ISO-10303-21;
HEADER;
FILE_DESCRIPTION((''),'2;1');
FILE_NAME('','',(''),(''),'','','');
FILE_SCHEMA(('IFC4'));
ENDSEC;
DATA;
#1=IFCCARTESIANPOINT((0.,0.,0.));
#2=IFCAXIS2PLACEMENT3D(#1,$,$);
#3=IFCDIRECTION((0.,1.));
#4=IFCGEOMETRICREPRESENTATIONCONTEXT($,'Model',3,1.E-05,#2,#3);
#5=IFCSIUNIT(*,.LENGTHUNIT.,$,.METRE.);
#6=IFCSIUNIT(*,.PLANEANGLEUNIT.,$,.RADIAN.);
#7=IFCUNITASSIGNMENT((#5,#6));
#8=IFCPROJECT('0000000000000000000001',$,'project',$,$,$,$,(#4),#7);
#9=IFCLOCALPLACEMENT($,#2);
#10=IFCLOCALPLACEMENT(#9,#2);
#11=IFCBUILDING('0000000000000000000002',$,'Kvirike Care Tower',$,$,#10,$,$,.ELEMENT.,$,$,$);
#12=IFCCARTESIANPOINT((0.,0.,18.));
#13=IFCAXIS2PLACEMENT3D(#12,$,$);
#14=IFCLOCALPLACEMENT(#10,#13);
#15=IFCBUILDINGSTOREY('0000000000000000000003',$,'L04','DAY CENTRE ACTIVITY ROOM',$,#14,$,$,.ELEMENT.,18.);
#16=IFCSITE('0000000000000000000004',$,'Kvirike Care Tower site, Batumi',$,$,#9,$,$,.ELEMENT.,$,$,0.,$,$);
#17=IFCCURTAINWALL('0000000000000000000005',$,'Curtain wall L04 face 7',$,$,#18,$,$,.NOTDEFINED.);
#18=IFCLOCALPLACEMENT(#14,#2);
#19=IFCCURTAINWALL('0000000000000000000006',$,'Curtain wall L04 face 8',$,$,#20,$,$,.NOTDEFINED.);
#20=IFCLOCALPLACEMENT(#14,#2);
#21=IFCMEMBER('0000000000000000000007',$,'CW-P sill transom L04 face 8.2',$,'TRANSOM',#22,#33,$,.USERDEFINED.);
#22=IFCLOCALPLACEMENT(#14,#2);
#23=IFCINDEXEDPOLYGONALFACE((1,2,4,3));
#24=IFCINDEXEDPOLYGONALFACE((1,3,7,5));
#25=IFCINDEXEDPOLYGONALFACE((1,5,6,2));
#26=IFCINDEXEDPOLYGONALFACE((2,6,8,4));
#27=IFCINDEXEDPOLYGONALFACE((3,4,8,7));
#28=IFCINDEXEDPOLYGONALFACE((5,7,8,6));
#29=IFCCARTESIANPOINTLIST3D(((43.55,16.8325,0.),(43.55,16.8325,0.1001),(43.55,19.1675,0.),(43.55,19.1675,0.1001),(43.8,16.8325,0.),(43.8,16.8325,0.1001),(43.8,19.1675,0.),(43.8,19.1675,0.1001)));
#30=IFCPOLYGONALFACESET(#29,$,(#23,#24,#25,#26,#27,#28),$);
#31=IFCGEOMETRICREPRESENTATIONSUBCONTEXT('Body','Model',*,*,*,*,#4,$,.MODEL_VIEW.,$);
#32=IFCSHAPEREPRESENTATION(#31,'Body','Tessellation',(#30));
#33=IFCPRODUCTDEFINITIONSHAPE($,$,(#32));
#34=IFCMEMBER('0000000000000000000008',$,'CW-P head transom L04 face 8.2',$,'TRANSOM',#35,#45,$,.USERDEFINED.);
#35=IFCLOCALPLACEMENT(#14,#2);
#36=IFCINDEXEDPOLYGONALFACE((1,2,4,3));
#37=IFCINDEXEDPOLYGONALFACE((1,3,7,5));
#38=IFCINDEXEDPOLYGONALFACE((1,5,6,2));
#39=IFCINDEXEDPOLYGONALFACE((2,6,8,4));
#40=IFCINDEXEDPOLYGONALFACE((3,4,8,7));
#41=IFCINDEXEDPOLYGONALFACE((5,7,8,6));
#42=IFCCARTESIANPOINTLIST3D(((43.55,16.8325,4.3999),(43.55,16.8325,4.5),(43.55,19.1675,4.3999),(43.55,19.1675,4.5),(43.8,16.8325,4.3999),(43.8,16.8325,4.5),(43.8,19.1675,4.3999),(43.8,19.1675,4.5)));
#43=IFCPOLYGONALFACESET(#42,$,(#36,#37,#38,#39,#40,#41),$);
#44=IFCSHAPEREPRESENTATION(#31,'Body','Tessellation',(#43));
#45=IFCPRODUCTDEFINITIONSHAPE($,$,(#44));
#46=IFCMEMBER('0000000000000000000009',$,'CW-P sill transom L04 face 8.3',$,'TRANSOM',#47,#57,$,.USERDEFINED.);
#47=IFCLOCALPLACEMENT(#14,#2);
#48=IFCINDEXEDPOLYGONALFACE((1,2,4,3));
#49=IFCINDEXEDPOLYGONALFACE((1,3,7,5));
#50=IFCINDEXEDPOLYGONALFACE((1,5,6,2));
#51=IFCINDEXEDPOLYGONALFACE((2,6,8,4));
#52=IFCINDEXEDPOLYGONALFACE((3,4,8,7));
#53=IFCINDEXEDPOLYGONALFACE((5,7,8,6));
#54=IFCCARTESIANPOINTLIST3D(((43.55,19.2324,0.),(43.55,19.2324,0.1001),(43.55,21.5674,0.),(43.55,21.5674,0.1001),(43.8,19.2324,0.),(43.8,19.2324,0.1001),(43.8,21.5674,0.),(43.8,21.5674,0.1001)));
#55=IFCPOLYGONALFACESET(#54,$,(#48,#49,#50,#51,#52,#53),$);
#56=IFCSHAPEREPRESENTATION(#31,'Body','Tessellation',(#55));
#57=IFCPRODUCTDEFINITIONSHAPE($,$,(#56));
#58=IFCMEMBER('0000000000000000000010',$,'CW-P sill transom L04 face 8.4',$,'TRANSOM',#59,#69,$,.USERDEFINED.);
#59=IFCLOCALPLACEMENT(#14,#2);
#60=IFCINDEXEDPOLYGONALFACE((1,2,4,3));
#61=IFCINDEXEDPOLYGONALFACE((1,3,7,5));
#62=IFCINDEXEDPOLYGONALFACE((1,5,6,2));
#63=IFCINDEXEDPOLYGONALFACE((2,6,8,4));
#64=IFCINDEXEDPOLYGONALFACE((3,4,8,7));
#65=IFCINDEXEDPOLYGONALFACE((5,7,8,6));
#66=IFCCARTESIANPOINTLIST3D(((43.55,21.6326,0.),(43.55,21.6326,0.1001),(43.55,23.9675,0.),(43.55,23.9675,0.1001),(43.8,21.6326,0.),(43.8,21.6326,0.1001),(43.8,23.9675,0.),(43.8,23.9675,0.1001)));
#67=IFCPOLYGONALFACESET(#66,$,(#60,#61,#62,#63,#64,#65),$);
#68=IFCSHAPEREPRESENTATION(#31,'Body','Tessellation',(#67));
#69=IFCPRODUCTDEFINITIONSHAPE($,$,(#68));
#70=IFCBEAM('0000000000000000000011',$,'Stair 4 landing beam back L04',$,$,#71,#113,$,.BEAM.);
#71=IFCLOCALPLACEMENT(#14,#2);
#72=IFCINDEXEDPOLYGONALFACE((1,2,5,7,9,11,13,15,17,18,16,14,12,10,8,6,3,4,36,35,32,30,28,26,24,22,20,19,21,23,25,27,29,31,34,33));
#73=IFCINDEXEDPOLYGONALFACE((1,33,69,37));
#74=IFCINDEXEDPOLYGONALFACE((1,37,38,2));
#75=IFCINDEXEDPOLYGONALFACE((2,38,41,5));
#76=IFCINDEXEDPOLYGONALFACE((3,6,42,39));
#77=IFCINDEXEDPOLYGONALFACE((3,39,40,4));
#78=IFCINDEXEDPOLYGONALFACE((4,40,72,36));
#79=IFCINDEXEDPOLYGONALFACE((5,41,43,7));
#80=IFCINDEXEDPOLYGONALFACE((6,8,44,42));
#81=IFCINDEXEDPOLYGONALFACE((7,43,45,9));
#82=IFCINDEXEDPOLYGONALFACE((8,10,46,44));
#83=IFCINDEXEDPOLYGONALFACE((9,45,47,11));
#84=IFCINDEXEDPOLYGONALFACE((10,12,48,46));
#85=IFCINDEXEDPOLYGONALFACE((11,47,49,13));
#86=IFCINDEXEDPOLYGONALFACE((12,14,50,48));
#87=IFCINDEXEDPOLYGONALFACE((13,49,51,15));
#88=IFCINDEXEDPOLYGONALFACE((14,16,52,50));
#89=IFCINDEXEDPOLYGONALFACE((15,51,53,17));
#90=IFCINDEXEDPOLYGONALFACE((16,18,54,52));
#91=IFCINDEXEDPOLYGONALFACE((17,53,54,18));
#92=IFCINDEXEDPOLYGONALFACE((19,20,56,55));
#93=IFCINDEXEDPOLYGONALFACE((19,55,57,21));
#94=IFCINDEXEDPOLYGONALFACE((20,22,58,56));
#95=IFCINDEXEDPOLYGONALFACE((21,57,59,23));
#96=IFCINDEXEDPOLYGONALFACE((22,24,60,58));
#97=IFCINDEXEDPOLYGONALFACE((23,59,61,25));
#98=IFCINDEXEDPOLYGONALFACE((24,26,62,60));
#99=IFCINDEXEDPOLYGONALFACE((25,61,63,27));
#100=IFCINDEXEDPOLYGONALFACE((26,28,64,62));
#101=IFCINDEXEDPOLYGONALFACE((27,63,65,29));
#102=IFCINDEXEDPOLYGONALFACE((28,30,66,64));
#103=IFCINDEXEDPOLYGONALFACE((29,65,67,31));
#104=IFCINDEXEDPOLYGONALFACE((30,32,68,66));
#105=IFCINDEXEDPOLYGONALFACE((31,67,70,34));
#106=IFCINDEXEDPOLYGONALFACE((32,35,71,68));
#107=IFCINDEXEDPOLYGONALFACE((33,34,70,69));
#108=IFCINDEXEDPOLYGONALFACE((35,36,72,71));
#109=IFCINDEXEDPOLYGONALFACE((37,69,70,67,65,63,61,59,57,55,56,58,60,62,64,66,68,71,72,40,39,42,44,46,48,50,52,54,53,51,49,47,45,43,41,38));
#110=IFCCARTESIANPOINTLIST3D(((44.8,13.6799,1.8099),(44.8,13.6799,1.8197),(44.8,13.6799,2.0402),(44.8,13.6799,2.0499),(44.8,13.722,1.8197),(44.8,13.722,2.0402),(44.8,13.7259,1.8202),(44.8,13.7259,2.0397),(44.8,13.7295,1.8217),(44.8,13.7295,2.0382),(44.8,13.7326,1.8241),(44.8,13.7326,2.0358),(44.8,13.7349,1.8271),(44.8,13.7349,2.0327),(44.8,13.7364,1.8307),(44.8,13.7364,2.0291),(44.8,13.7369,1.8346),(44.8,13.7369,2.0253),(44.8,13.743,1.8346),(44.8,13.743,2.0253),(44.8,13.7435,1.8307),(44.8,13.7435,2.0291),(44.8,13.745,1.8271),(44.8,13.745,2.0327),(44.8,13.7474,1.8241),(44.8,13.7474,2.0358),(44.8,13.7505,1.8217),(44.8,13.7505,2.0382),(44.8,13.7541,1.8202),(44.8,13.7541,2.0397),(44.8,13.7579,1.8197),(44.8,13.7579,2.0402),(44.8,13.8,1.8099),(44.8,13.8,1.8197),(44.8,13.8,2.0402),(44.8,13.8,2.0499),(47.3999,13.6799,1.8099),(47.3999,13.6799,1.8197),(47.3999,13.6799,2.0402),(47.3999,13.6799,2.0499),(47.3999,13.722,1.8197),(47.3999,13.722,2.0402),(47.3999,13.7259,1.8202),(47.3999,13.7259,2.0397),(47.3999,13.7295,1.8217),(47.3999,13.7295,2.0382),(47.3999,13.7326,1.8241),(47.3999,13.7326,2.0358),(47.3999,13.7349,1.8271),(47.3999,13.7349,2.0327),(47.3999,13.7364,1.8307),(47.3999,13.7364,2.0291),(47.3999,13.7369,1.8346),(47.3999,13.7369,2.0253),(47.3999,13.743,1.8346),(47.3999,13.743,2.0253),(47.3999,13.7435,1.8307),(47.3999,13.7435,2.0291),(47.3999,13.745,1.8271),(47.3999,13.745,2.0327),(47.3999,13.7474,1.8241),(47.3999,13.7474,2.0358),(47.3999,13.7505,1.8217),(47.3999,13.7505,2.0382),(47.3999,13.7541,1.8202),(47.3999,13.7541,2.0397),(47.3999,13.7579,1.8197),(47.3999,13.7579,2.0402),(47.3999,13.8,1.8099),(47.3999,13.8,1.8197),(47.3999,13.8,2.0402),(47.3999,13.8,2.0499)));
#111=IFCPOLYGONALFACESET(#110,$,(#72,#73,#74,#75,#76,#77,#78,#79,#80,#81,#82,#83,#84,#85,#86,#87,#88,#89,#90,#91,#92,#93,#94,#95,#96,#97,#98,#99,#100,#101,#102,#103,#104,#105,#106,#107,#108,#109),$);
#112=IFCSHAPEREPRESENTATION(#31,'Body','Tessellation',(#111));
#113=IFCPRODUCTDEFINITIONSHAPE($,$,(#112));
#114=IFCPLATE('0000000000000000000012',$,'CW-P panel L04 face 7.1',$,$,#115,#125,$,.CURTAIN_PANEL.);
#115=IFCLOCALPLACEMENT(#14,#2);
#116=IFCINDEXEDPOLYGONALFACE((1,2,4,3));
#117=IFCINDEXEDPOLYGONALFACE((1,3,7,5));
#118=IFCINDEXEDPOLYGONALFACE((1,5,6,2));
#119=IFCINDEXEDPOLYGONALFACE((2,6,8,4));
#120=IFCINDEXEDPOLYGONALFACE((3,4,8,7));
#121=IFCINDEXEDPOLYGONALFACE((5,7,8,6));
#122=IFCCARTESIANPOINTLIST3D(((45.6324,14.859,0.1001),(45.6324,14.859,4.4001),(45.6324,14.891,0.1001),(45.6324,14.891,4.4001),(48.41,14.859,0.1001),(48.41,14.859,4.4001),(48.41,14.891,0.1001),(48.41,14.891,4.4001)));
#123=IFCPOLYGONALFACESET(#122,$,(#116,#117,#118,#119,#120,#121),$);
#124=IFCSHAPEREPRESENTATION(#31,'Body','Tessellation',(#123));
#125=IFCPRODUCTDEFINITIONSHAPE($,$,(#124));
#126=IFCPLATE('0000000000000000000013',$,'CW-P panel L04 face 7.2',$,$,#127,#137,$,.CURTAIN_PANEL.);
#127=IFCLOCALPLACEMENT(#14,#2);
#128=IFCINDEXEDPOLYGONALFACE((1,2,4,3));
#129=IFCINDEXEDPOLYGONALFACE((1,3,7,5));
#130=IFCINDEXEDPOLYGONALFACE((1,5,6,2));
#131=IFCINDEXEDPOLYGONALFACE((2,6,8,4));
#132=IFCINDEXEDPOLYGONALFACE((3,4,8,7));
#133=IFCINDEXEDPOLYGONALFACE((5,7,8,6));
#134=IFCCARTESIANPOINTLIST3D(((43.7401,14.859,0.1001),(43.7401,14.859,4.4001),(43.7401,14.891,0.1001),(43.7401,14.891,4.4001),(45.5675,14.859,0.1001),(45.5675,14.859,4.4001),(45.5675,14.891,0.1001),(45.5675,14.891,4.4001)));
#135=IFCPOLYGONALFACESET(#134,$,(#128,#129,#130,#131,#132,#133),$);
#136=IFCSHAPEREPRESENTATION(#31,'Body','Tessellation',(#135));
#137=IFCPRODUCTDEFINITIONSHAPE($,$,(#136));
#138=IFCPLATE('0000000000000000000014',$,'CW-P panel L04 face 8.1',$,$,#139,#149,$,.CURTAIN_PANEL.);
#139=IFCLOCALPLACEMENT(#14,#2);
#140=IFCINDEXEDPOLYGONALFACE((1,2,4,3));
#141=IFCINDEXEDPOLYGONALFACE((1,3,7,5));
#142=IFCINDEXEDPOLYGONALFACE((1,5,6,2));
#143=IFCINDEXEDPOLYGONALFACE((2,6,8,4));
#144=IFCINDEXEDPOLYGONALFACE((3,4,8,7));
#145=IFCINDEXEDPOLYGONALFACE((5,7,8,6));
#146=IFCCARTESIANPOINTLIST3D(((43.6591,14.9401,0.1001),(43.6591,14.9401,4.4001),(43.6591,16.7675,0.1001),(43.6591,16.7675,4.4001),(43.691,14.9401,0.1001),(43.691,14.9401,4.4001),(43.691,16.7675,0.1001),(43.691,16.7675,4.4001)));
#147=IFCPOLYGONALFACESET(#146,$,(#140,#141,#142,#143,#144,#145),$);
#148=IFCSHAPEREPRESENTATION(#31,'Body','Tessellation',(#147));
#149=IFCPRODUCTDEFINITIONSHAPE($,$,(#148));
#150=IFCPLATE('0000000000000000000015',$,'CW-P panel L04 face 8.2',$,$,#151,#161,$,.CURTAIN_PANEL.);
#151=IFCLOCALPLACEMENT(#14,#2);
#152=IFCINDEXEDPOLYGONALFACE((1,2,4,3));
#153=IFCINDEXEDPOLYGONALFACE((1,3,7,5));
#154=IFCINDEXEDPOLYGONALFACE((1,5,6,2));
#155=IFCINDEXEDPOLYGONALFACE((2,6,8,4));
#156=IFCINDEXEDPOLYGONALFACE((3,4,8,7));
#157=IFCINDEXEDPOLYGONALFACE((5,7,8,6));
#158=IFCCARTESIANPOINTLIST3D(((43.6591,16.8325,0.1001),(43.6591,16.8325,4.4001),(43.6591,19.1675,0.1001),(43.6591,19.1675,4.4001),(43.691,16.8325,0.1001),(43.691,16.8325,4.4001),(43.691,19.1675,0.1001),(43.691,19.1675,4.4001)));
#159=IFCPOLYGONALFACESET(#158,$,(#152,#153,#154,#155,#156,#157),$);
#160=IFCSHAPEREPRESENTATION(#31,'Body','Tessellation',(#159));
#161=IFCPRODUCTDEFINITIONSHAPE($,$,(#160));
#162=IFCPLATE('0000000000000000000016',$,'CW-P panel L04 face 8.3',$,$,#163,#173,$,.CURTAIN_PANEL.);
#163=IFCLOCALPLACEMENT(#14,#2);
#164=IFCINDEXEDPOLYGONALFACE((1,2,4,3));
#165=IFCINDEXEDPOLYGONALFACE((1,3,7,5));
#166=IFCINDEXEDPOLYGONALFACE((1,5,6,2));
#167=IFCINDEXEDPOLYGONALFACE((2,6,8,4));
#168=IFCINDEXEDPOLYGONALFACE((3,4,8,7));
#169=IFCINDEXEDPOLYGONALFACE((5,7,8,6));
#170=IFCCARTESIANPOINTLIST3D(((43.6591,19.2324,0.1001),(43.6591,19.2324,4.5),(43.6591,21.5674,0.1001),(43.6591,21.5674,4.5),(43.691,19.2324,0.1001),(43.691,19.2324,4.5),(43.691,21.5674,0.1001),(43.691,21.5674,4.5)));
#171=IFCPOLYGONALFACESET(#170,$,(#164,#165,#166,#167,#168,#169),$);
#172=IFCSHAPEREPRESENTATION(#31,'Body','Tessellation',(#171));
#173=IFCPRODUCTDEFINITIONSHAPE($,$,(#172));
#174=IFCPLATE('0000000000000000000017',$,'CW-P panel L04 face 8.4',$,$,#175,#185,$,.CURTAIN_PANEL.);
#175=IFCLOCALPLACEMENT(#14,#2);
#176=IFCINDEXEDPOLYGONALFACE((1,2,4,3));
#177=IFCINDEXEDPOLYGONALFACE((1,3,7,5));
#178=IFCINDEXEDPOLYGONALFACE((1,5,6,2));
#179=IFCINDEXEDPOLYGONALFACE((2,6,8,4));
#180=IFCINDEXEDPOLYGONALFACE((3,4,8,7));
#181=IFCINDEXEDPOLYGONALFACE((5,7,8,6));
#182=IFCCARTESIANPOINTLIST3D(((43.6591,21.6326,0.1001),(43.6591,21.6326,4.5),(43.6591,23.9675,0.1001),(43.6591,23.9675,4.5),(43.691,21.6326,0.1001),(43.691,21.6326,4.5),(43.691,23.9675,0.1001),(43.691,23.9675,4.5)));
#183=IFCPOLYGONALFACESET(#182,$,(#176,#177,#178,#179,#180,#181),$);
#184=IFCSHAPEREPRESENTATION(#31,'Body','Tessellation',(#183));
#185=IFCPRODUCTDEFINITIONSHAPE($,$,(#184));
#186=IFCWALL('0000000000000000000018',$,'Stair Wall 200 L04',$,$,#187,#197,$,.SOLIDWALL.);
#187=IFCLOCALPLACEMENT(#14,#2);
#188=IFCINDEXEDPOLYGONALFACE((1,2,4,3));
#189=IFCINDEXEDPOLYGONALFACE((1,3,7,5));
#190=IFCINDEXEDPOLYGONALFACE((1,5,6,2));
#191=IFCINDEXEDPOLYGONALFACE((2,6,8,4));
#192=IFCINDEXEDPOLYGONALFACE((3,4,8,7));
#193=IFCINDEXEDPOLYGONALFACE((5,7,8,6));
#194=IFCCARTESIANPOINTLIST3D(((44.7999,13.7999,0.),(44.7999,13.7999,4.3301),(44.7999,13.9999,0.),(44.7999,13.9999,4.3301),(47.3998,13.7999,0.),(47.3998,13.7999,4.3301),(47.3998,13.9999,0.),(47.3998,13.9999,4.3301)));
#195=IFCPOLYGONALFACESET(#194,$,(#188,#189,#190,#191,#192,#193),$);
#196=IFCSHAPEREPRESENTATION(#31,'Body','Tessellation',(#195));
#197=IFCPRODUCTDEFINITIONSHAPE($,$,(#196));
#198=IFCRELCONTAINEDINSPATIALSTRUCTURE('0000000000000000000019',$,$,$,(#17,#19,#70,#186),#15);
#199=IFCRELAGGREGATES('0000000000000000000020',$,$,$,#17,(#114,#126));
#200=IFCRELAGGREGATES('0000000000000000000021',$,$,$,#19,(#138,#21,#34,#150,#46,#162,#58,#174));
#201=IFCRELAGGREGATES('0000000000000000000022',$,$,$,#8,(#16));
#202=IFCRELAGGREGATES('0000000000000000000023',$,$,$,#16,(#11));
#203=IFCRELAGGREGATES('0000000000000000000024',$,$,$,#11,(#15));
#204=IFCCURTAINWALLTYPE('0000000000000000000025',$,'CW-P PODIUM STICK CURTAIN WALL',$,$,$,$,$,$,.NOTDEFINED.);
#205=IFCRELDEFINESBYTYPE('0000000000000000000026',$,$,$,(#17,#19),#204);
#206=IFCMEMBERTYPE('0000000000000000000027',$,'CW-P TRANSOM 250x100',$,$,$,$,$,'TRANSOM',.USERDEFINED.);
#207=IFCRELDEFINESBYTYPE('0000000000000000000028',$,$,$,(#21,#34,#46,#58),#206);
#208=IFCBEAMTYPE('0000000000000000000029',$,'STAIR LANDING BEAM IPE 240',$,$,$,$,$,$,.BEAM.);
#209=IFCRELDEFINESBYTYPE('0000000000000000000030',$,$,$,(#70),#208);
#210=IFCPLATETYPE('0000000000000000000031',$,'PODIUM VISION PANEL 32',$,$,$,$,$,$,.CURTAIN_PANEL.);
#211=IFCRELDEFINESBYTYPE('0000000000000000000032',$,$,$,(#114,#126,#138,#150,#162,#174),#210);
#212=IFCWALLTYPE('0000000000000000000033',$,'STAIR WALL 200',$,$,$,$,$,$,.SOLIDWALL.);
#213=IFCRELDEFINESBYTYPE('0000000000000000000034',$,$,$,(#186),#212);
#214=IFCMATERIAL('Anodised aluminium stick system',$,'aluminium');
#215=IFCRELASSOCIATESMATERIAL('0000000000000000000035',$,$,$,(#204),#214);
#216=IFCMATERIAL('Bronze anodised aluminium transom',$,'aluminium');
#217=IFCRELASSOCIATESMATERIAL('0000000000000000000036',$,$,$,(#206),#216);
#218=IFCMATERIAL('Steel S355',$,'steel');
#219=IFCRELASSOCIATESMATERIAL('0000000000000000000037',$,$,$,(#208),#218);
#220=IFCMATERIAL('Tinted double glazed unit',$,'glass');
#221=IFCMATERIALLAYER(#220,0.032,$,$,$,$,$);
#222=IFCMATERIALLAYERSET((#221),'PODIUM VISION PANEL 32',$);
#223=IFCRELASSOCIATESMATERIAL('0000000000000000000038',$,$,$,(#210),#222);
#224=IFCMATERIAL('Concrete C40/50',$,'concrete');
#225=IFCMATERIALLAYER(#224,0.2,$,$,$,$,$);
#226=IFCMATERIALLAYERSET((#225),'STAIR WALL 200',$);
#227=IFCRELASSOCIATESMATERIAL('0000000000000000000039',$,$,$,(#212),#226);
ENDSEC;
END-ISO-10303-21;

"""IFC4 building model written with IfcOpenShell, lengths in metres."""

from ifc_helpers import new_model, si_unit, direction, frame, frame_2d, origin, origin_2d, place, context, subcontext, project, spatial, rectangle, i_section, extrude, material, layer, layer_set, material_profile, profile_set, type_object, element, aggregate, save


model = new_model("IFC4")

# Units and contexts
model_context = context("Model", 3, precision=1e-05, world=origin(), true_north=direction((0.0, 1.0)))
body_context = subcontext(model_context, "Body", "Model", "MODEL_VIEW")
ifc_project = project(units=[si_unit("LENGTHUNIT", "METRE"), si_unit("PLANEANGLEUNIT", "RADIAN")], contexts=[model_context])

# Site, building, storey
site_placement = place(None, origin())
site = spatial("IfcSite", under=ifc_project, at=site_placement, Name="Kvirike Care Tower site, Batumi", CompositionType="ELEMENT", RefElevation=0.0)
building_placement = place(site_placement, origin())
building = spatial("IfcBuilding", under=site, at=building_placement, Name="Kvirike Care Tower", CompositionType="ELEMENT")
storey_placement = place(building_placement, frame((0.0, 0.0, 18.0)))
storey = spatial("IfcBuildingStorey", under=building, at=storey_placement, Name="L04", Description="DAY CENTRE ACTIVITY ROOM", CompositionType="ELEMENT", Elevation=18.0)

# Shared definitions
ifc_material_1 = material(Name="Anodised aluminium stick system", Category="aluminium")
curtain_wall_type = type_object("IfcCurtainWallType", Name="CW-P PODIUM STICK CURTAIN WALL", PredefinedType="NOTDEFINED", material=ifc_material_1)

# Curtain walls
curtain_wall_1_placement = place(storey_placement, origin())
curtain_wall_1 = element("IfcCurtainWall", 1, at=curtain_wall_1_placement, inside=storey, type_object=curtain_wall_type, Name="Curtain wall L04 face 7", PredefinedType="NOTDEFINED")
curtain_wall_2_placement = place(storey_placement, origin())
curtain_wall_2 = element("IfcCurtainWall", 2, at=curtain_wall_2_placement, inside=storey, type_object=curtain_wall_type, Name="Curtain wall L04 face 8", PredefinedType="NOTDEFINED")

# Members
ifc_material_2 = material(Name="Bronze anodised aluminium transom", Category="aluminium")
ifc_material_profile_1 = material_profile(ifc_material_2, rectangle(XDim=0.25, YDim=0.1001, at=origin_2d()), Name="CW-P TRANSOM 250x100")
ifc_profile_set_1 = profile_set([ifc_material_profile_1], Name="Bronze anodised aluminium transom")
member_type_1 = type_object("IfcMemberType", Name="CW-P TRANSOM 250x100", ElementType="TRANSOM", PredefinedType="USERDEFINED", material=ifc_profile_set_1)
member_1_placement = place(storey_placement, frame((43.675, 16.8325, 0.05), z_axis=(0.0, 1.0, 0.0), x_axis=(-1.0, 0.0, 0.0)))
member_1 = element("IfcMember", 3, at=member_1_placement, type_object=member_type_1, Name="CW-P sill transom L04 face 8.2", ObjectType="TRANSOM", PredefinedType="USERDEFINED", context=body_context, shape_type="SweptSolid", body=[
    extrude(rectangle(XDim=0.25, YDim=0.1001, at=origin_2d()), origin(), (0.0, 0.0, 1.0), 2.335),
])
member_2_placement = place(storey_placement, frame((43.675, 16.8325, 4.45), z_axis=(0.0, 1.0, 0.0), x_axis=(-1.0, 0.0, 0.0)))
member_2 = element("IfcMember", 4, at=member_2_placement, type_object=member_type_1, Name="CW-P head transom L04 face 8.2", ObjectType="TRANSOM", PredefinedType="USERDEFINED", context=body_context, shape_type="SweptSolid", body=[
    extrude(rectangle(XDim=0.25, YDim=0.1001, at=origin_2d()), origin(), (0.0, 0.0, 1.0), 2.335),
])
member_3_placement = place(storey_placement, frame((43.675, 19.2324, 0.05), z_axis=(0.0, 1.0, 0.0), x_axis=(-1.0, 0.0, 0.0)))
member_3 = element("IfcMember", 5, at=member_3_placement, type_object=member_type_1, Name="CW-P sill transom L04 face 8.3", ObjectType="TRANSOM", PredefinedType="USERDEFINED", context=body_context, shape_type="SweptSolid", body=[
    extrude(rectangle(XDim=0.25, YDim=0.1001, at=origin_2d()), origin(), (0.0, 0.0, 1.0), 2.335),
])
member_4_placement = place(storey_placement, frame((43.675, 21.6326, 0.05), z_axis=(0.0, 1.0, 0.0), x_axis=(-1.0, 0.0, 0.0)))
member_4 = element("IfcMember", 6, at=member_4_placement, type_object=member_type_1, Name="CW-P sill transom L04 face 8.4", ObjectType="TRANSOM", PredefinedType="USERDEFINED", context=body_context, shape_type="SweptSolid", body=[
    extrude(rectangle(XDim=0.25, YDim=0.1001, at=origin_2d()), origin(), (0.0, 0.0, 1.0), 2.335),
])

# Beam
ifc_material_3 = material(Name="Steel S355", Category="steel")
ifc_material_profile_2 = material_profile(ifc_material_3, i_section(OverallWidth=0.1201, OverallDepth=0.24, WebThickness=0.0061, FlangeThickness=0.0098, FilletRadius=0.0149, at=origin_2d()), Name="IPE 240")
ifc_profile_set_2 = profile_set([ifc_material_profile_2], Name="Steel S355")
beam_type = type_object("IfcBeamType", Name="STAIR LANDING BEAM IPE 240", PredefinedType="BEAM", material=ifc_profile_set_2)
beam_placement = place(storey_placement, frame((44.8, 13.74, 1.9299), z_axis=(1.0, 0.0, 0.0), x_axis=(0.0, 1.0, 0.0)))
element("IfcBeam", 7, at=beam_placement, inside=storey, type_object=beam_type, Name="Stair 4 landing beam back L04", PredefinedType="BEAM", context=body_context, shape_type="SweptSolid", body=[
    extrude(i_section(OverallWidth=0.1201, OverallDepth=0.24, WebThickness=0.0061, FlangeThickness=0.0098, FilletRadius=0.0149, at=origin_2d()), origin(), (0.0, 0.0, 1.0), 2.5999),
])

# Plates
ifc_material_4 = material(Name="Tinted double glazed unit", Category="glass")
ifc_layer_1 = layer(ifc_material_4, 0.032)
ifc_layer_set_1 = layer_set([ifc_layer_1], Name="PODIUM VISION PANEL 32")
plate_type = type_object("IfcPlateType", Name="PODIUM VISION PANEL 32", PredefinedType="CURTAIN_PANEL", material=ifc_layer_set_1)
plate_1_placement = place(storey_placement, frame((47.0212, 14.875, 0.1001), z_axis=(0.0, 0.0, 1.0), x_axis=(-1.0, 0.0, 0.0)))
plate_1 = element("IfcPlate", 8, at=plate_1_placement, type_object=plate_type, Name="CW-P panel L04 face 7.1", PredefinedType="CURTAIN_PANEL", context=body_context, shape_type="SweptSolid", body=[
    extrude(rectangle(XDim=2.7776, YDim=0.032, at=origin_2d()), origin(), (0.0, 0.0, 1.0), 4.3),
])
plate_2_placement = place(storey_placement, frame((44.6538, 14.875, 0.1001), z_axis=(0.0, 0.0, 1.0), x_axis=(-1.0, 0.0, 0.0)))
plate_2 = element("IfcPlate", 9, at=plate_2_placement, type_object=plate_type, Name="CW-P panel L04 face 7.2", PredefinedType="CURTAIN_PANEL", context=body_context, shape_type="SweptSolid", body=[
    extrude(rectangle(XDim=1.8274, YDim=0.032, at=origin_2d()), origin(), (0.0, 0.0, 1.0), 4.3),
])
aggregate(curtain_wall_1, [plate_1, plate_2])
plate_3_placement = place(storey_placement, frame((43.675, 15.8538, 0.1001), z_axis=(0.0, 0.0, 1.0), x_axis=(0.0, 1.0, 0.0)))
plate_3 = element("IfcPlate", 10, at=plate_3_placement, type_object=plate_type, Name="CW-P panel L04 face 8.1", PredefinedType="CURTAIN_PANEL", context=body_context, shape_type="SweptSolid", body=[
    extrude(rectangle(XDim=1.8274, YDim=0.032, at=origin_2d()), origin(), (0.0, 0.0, 1.0), 4.3),
])
plate_4_placement = place(storey_placement, frame((43.675, 18.0, 0.1001), z_axis=(0.0, 0.0, 1.0), x_axis=(0.0, 1.0, 0.0)))
plate_4 = element("IfcPlate", 11, at=plate_4_placement, type_object=plate_type, Name="CW-P panel L04 face 8.2", PredefinedType="CURTAIN_PANEL", context=body_context, shape_type="SweptSolid", body=[
    extrude(rectangle(XDim=2.335, YDim=0.032, at=origin_2d()), origin(), (0.0, 0.0, 1.0), 4.3),
])
plate_5_placement = place(storey_placement, frame((43.675, 20.3999, 0.1001), z_axis=(0.0, 0.0, 1.0), x_axis=(0.0, 1.0, 0.0)))
plate_5 = element("IfcPlate", 12, at=plate_5_placement, type_object=plate_type, Name="CW-P panel L04 face 8.3", PredefinedType="CURTAIN_PANEL", context=body_context, shape_type="SweptSolid", body=[
    extrude(rectangle(XDim=2.335, YDim=0.032, at=origin_2d()), origin(), (0.0, 0.0, 1.0), 4.3999),
])
plate_6_placement = place(storey_placement, frame((43.675, 22.8, 0.1001), z_axis=(0.0, 0.0, 1.0), x_axis=(0.0, 1.0, 0.0)))
plate_6 = element("IfcPlate", 13, at=plate_6_placement, type_object=plate_type, Name="CW-P panel L04 face 8.4", PredefinedType="CURTAIN_PANEL", context=body_context, shape_type="SweptSolid", body=[
    extrude(rectangle(XDim=2.335, YDim=0.032, at=origin_2d()), origin(), (0.0, 0.0, 1.0), 4.3999),
])
aggregate(curtain_wall_2, [plate_3, member_1, member_2, plate_4, member_3, plate_5, member_4, plate_6])

# Wall
ifc_material_5 = material(Name="Concrete C40/50", Category="concrete")
ifc_layer_2 = layer(ifc_material_5, 0.2)
ifc_layer_set_2 = layer_set([ifc_layer_2], Name="STAIR WALL 200")
wall_type = type_object("IfcWallType", Name="STAIR WALL 200", PredefinedType="SOLIDWALL", material=ifc_layer_set_2)
wall_placement = place(storey_placement, frame((44.8, 13.8999, 0.0), z_axis=(0.0, 0.0, 1.0), x_axis=(1.0, 0.0, 0.0)))
element("IfcWall", 14, at=wall_placement, inside=storey, type_object=wall_type, Name="Stair Wall 200 L04", PredefinedType="SOLIDWALL", context=body_context, shape_type="SweptSolid", body=[
    extrude(rectangle(XDim=2.5999, YDim=0.2, at=frame_2d((1.2998, 0.0))), origin(), (0.0, 0.0, 1.0), 4.3301),
])

save(model, "model.ifc")
